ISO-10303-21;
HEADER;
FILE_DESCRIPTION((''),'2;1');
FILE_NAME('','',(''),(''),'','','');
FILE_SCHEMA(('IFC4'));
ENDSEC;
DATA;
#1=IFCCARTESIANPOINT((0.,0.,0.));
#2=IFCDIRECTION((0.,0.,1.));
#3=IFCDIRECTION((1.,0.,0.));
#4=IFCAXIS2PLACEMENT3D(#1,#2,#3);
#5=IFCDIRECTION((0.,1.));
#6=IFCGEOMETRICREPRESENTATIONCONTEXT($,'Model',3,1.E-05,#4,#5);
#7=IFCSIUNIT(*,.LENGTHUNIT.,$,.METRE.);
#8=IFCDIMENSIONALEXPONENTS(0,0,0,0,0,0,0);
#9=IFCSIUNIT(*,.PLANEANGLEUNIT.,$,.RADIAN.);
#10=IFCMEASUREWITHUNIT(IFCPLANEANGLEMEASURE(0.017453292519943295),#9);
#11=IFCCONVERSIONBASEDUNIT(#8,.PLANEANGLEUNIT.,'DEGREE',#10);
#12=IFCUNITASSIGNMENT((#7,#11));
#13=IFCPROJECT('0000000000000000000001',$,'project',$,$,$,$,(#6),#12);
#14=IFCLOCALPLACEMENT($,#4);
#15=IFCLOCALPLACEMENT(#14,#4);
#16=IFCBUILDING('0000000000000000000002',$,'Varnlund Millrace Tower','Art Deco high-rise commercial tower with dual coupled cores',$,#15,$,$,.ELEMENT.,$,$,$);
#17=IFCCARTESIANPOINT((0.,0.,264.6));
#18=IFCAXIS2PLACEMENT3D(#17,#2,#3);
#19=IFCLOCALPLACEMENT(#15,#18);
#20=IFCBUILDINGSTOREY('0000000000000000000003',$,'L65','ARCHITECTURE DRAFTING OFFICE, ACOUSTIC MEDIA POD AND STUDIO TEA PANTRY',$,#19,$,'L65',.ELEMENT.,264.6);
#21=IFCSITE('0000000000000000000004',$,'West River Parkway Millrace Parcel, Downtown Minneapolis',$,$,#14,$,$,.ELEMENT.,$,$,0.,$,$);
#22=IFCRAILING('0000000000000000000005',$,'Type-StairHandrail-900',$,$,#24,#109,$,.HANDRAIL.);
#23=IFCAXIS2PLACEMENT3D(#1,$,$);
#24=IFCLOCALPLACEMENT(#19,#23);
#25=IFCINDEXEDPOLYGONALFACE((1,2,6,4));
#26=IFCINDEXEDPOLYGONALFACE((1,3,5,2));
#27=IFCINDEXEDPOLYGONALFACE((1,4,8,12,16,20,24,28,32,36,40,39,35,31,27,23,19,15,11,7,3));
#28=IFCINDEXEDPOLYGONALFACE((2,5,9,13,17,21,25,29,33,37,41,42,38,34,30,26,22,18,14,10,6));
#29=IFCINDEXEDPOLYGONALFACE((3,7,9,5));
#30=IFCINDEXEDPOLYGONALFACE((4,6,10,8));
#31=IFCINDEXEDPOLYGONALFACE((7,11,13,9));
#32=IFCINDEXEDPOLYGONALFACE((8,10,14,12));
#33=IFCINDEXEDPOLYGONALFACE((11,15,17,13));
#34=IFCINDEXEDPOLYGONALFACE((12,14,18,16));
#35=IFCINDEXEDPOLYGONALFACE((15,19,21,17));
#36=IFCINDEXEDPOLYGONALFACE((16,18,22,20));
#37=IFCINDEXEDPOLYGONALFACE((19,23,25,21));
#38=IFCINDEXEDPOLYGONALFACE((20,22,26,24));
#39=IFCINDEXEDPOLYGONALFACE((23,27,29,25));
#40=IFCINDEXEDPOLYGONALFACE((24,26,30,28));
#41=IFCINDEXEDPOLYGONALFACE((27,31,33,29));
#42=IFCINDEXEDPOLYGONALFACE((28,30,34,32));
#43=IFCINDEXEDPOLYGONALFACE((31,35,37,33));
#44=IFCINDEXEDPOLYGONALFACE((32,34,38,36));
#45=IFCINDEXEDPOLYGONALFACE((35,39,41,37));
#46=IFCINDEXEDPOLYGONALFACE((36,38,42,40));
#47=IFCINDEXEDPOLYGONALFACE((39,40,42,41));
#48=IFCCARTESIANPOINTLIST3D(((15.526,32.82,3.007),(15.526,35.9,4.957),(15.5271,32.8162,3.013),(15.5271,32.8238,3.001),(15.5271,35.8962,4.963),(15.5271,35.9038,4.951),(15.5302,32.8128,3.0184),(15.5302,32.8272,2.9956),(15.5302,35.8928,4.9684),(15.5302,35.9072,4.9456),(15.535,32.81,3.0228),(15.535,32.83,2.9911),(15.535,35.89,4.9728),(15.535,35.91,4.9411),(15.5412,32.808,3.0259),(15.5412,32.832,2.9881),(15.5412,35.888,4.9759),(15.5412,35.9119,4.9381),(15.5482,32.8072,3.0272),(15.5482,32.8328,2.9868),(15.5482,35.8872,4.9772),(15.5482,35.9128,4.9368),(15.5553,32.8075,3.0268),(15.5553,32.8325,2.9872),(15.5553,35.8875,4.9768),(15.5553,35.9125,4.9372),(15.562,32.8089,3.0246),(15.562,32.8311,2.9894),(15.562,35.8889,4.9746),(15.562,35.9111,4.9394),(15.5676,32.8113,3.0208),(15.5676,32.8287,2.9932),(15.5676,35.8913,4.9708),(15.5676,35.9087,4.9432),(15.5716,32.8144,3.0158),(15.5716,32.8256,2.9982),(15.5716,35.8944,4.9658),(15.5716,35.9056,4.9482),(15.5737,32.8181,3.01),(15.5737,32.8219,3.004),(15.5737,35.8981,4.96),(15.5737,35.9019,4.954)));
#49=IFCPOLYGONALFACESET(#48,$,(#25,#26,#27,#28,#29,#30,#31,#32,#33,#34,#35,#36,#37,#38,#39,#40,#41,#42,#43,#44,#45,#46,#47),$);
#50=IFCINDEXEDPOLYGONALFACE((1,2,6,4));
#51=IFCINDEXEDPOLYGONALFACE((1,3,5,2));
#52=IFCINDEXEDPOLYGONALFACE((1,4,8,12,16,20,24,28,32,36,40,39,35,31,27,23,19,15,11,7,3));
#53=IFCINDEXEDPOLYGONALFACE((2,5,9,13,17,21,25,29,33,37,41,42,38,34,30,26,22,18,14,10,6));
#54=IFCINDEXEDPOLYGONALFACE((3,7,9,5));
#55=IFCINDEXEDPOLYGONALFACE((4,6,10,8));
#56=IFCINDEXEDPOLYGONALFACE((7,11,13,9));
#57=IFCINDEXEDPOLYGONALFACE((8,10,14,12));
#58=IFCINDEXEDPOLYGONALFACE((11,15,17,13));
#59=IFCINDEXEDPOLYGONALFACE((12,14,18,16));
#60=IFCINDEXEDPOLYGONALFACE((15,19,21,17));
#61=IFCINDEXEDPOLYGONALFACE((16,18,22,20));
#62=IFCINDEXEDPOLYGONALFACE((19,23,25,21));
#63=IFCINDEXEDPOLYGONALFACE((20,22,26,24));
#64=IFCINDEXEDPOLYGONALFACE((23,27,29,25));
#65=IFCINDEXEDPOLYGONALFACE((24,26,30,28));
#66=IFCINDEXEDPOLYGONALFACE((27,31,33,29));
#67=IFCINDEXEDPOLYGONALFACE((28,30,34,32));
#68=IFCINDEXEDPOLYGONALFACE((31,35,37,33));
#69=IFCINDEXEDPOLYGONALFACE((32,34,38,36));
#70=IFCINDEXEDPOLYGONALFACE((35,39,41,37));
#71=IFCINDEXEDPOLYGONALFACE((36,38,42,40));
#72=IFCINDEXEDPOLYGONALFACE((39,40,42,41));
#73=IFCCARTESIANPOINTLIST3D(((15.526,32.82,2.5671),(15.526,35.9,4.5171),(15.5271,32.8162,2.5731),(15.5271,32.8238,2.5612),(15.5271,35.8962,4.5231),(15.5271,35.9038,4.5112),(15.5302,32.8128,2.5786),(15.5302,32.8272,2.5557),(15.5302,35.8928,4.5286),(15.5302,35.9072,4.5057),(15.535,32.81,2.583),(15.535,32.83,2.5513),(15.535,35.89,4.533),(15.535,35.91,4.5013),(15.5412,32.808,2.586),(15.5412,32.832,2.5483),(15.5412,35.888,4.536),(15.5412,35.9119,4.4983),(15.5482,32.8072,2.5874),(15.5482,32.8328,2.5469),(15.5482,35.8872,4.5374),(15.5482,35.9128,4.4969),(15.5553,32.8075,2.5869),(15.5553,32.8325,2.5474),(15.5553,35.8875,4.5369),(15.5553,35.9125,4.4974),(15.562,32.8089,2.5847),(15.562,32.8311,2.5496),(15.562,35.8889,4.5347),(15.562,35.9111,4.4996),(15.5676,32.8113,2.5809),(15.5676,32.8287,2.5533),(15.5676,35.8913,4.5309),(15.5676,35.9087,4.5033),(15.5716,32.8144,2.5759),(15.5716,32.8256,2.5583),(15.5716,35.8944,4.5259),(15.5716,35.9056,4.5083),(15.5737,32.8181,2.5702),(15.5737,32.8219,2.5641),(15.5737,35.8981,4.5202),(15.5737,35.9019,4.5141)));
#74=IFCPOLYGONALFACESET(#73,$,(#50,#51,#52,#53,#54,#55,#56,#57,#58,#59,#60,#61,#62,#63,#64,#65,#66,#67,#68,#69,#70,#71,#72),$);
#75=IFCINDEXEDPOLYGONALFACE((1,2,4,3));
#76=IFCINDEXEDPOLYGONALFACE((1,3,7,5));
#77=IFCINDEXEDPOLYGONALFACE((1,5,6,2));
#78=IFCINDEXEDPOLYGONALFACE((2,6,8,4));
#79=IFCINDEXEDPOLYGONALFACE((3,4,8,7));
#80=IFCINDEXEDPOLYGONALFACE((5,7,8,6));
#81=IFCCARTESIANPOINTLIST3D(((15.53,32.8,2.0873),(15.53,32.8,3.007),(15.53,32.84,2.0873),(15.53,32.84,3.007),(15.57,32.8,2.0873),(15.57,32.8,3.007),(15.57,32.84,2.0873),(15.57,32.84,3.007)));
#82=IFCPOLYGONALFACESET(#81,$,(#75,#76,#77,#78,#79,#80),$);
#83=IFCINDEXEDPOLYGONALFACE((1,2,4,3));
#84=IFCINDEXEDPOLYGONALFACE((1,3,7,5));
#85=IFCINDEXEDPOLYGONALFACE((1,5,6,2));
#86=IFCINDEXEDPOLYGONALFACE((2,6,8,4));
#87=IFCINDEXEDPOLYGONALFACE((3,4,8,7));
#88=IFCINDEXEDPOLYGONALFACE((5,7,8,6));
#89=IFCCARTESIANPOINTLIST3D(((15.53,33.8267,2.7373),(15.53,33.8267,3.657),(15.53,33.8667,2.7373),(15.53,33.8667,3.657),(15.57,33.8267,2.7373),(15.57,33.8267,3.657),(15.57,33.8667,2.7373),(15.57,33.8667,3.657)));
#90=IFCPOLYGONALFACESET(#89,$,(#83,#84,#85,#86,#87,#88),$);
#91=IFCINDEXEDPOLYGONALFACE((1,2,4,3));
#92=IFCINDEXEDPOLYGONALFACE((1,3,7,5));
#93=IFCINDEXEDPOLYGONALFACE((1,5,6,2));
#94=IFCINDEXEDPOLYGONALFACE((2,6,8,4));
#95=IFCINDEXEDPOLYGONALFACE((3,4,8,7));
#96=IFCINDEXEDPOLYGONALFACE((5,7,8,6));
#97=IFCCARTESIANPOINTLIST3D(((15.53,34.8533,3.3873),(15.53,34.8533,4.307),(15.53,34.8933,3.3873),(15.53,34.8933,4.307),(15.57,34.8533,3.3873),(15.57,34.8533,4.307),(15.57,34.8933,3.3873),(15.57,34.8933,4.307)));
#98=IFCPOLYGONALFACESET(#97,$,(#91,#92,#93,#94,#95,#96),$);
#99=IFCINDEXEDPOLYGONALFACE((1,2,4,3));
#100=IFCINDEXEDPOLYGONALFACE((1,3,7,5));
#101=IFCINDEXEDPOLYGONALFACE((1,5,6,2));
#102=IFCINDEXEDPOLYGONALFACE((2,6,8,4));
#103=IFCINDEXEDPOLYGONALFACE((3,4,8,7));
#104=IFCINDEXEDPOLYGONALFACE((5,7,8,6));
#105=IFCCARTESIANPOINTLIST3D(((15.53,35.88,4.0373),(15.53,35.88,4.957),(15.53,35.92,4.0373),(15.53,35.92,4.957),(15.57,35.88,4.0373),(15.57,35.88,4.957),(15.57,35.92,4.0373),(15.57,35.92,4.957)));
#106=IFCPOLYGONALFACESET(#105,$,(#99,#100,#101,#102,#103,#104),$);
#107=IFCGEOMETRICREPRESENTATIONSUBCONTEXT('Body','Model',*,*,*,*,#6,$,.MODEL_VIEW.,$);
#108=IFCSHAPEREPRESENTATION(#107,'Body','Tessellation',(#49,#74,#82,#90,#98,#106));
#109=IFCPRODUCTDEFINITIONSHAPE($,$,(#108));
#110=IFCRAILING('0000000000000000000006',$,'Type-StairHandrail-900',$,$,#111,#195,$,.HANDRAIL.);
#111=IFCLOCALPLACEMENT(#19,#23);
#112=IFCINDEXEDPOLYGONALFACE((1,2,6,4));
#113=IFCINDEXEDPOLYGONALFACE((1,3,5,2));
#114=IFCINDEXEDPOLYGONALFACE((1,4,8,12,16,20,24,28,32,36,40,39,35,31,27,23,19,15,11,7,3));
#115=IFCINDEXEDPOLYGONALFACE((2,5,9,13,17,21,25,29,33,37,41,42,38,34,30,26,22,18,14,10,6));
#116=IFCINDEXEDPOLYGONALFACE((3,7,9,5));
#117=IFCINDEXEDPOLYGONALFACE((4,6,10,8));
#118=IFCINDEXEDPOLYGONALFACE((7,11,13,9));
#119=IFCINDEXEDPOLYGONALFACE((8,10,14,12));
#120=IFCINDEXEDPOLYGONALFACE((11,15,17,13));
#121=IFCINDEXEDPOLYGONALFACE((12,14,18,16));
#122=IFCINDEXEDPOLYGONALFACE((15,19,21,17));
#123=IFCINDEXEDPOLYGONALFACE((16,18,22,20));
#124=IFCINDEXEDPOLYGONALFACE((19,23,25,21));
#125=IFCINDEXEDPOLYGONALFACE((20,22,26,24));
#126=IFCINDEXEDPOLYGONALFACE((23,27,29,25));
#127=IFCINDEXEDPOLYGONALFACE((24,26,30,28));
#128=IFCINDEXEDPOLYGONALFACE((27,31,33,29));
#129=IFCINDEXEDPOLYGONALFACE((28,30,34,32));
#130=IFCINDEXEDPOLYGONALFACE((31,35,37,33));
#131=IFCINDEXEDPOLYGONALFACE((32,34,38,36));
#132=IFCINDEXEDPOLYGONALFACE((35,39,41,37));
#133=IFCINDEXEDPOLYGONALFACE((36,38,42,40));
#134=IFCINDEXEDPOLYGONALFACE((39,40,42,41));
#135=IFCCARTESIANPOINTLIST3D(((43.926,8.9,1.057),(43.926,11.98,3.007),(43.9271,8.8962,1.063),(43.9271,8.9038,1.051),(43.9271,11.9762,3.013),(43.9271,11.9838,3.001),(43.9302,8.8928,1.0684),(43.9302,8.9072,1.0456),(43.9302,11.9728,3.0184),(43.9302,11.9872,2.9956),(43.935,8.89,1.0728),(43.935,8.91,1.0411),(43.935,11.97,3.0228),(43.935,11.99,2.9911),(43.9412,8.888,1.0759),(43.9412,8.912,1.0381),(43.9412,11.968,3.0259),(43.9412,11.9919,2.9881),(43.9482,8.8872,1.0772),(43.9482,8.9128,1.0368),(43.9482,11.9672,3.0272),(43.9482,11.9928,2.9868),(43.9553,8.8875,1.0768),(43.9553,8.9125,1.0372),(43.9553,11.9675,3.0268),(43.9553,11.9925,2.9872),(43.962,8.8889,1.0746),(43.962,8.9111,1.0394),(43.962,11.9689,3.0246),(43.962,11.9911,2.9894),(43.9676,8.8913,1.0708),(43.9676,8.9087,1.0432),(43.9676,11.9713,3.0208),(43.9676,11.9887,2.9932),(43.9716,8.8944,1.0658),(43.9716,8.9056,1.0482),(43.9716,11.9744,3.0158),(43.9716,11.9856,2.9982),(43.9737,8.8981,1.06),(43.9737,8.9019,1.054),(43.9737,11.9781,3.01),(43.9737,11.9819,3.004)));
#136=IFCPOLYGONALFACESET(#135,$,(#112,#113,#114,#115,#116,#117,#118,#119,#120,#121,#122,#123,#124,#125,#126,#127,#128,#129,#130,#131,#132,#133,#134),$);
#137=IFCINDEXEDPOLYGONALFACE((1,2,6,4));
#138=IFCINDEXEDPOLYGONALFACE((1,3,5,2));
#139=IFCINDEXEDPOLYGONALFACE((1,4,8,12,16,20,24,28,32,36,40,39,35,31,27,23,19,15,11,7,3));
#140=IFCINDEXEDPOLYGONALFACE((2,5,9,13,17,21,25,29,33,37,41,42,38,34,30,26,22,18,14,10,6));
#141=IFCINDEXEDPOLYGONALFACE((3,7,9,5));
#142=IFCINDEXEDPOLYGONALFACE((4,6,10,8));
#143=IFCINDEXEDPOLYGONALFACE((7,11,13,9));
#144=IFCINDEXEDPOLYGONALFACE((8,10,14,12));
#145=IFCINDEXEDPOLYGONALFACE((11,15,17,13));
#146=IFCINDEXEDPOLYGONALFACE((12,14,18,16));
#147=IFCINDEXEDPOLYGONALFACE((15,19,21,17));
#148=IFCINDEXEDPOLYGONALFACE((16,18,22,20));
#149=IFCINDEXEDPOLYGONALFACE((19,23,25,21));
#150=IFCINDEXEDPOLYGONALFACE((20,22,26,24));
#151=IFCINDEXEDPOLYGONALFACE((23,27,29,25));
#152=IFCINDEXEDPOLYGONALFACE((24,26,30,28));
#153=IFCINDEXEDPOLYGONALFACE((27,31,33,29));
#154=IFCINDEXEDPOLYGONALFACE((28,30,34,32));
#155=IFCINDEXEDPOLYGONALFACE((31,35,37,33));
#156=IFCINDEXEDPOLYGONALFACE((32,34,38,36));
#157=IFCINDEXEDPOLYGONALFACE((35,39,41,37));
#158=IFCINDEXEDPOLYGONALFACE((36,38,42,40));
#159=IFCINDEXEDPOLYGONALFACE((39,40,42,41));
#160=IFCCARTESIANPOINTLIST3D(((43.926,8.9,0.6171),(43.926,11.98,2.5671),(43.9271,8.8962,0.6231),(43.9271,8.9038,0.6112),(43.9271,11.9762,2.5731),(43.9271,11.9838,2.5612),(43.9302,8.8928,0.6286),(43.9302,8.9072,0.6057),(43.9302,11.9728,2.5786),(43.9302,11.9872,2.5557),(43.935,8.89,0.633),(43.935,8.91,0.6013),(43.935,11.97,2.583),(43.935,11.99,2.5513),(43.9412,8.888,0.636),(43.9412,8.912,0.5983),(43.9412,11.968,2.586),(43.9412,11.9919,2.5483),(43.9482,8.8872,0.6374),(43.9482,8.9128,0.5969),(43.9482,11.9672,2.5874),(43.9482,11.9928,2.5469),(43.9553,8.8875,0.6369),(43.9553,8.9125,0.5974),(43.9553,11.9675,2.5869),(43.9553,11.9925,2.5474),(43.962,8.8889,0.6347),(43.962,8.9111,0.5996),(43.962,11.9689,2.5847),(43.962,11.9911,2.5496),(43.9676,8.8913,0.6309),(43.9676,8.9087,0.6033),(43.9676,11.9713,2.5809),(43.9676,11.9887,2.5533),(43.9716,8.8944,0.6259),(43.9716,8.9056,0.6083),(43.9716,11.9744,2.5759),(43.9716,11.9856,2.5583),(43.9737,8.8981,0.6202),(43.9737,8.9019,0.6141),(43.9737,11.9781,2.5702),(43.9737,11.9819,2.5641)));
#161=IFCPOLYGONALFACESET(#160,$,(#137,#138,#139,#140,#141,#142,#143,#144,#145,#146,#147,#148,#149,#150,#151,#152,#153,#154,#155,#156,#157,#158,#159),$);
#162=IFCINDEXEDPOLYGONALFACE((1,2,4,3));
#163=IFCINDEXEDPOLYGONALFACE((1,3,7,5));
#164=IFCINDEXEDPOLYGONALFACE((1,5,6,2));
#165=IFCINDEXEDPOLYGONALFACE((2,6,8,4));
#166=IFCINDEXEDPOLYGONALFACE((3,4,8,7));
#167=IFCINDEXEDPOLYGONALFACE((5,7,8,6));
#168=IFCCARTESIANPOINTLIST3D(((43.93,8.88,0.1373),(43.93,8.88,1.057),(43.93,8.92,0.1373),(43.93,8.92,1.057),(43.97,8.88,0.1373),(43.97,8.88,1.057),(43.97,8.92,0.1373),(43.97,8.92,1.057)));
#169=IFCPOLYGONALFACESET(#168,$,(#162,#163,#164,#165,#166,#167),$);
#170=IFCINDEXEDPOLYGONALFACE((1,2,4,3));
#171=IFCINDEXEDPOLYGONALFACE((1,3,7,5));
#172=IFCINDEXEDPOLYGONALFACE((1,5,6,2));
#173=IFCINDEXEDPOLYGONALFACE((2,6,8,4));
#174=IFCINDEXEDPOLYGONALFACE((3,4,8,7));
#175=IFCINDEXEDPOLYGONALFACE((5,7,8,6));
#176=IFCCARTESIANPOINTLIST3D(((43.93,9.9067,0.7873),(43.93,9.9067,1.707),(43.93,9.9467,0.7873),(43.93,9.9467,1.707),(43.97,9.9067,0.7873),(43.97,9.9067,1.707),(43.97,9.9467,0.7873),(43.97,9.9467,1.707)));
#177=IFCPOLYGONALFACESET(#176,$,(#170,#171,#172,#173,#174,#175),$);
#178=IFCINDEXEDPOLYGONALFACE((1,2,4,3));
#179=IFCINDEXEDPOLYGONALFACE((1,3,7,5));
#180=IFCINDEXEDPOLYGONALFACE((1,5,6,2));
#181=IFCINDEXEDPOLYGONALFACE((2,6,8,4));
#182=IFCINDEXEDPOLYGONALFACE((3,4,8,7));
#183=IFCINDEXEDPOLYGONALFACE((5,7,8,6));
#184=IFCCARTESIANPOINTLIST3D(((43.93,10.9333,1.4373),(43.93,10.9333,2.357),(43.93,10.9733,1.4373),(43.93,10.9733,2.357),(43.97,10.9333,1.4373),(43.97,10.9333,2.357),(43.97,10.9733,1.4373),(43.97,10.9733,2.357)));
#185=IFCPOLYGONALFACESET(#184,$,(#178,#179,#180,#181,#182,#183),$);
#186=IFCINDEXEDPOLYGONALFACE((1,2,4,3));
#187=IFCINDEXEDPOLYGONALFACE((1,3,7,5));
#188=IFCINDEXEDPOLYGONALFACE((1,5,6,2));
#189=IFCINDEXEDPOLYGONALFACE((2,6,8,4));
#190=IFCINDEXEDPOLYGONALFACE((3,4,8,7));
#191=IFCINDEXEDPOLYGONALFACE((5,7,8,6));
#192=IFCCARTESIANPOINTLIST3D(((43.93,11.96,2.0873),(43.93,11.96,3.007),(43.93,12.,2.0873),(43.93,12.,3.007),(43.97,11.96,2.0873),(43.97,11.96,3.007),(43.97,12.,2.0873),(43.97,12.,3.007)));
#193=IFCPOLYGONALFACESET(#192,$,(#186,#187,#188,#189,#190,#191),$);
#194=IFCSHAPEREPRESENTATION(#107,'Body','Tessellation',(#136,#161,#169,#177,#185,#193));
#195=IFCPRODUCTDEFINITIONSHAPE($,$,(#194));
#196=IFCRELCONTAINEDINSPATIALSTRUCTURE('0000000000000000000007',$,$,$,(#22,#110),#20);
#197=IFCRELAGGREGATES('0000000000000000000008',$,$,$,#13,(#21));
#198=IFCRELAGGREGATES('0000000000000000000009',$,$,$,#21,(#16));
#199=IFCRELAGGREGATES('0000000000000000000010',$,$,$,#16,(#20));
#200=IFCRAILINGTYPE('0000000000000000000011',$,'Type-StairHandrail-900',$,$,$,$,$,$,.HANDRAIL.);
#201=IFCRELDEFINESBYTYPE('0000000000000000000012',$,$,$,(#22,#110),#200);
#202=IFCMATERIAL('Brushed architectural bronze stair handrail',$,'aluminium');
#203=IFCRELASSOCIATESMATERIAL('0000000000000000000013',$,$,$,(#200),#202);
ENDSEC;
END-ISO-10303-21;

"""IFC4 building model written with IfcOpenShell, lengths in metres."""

from ifc_helpers import new_model, entity, si_unit, converted_unit, direction, frame, origin_with_axes, origin_2d_with_axis, place, context, subcontext, project, spatial, rectangle, circle, extrude, material, type_object, element, save


model = new_model("IFC4")

# Units and contexts
model_context = context("Model", 3, precision=1e-05, world=origin_with_axes(), true_north=direction((0.0, 1.0)))
body_context = subcontext(model_context, "Body", "Model", "MODEL_VIEW")
ifc_project = project(units=[si_unit("LENGTHUNIT", "METRE"), converted_unit("PLANEANGLEUNIT", "DEGREE", entity("IfcPlaneAngleMeasure", 0.017453292519943295), si_unit("PLANEANGLEUNIT", "RADIAN"), dimensions=[0, 0, 0, 0, 0, 0, 0])], contexts=[model_context])

# Site, building, storey
site_placement = place(None, origin_with_axes())
site = spatial("IfcSite", under=ifc_project, at=site_placement, Name="West River Parkway Millrace Parcel, Downtown Minneapolis", CompositionType="ELEMENT", RefElevation=0.0)
building_placement = place(site_placement, origin_with_axes())
building = spatial("IfcBuilding", under=site, at=building_placement, Name="Varnlund Millrace Tower", Description="Art Deco high-rise commercial tower with dual coupled cores", CompositionType="ELEMENT")
storey_placement = place(building_placement, frame((0.0, 0.0, 264.6), z_axis=(0.0, 0.0, 1.0), x_axis=(1.0, 0.0, 0.0)))
storey = spatial("IfcBuildingStorey", under=building, at=storey_placement, Name="L65", Description="ARCHITECTURE DRAFTING OFFICE, ACOUSTIC MEDIA POD AND STUDIO TEA PANTRY", LongName="L65", CompositionType="ELEMENT", Elevation=264.6)

# Railings
ifc_material_1 = material(Name="Brushed architectural bronze stair handrail", Category="aluminium")
railing_type_1 = type_object("IfcRailingType", Name="Type-StairHandrail-900", PredefinedType="HANDRAIL", material=ifc_material_1)
railing_1_placement = place(storey_placement, frame((0.0, 0.0, -264.6), z_axis=(0.0, 0.0, 1.0), x_axis=(1.0, 0.0, 0.0)))
element("IfcRailing", 1, at=railing_1_placement, inside=storey, type_object=railing_type_1, Name="Type-StairHandrail-900", PredefinedType="HANDRAIL", context=body_context, shape_type="SweptSolid", body=[
    extrude(circle(Radius=0.024, at=origin_2d_with_axis()), frame((15.55, 32.82, 267.607), z_axis=(0.0, 0.844902, 0.534922), x_axis=(-1.0, 0.0, 0.0)), (0.0, 0.0, 1.0), 3.6454),
    extrude(circle(Radius=0.024, at=origin_2d_with_axis()), frame((15.55, 32.82, 267.1671), z_axis=(0.0, 0.844902, 0.534922), x_axis=(-1.0, 0.0, 0.0)), (0.0, 0.0, 1.0), 3.6454),
    extrude(rectangle(XDim=0.04, YDim=0.04, at=origin_2d_with_axis()), frame((15.55, 32.82, 266.6873), z_axis=(0.0, 0.0, 1.0), x_axis=(1.0, 0.0, 0.0)), (0.0, 0.0, 1.0), 0.9197),
    extrude(rectangle(XDim=0.04, YDim=0.04, at=origin_2d_with_axis()), frame((15.55, 33.8467, 267.3373), z_axis=(0.0, 0.0, 1.0), x_axis=(1.0, 0.0, 0.0)), (0.0, 0.0, 1.0), 0.9197),
    extrude(rectangle(XDim=0.04, YDim=0.04, at=origin_2d_with_axis()), frame((15.55, 34.8733, 267.9873), z_axis=(0.0, 0.0, 1.0), x_axis=(1.0, 0.0, 0.0)), (0.0, 0.0, 1.0), 0.9197),
    extrude(rectangle(XDim=0.04, YDim=0.04, at=origin_2d_with_axis()), frame((15.55, 35.9, 268.6373), z_axis=(0.0, 0.0, 1.0), x_axis=(1.0, 0.0, 0.0)), (0.0, 0.0, 1.0), 0.9197),
])
railing_2_placement = place(storey_placement, frame((0.0, 0.0, -264.6), z_axis=(0.0, 0.0, 1.0), x_axis=(1.0, 0.0, 0.0)))
element("IfcRailing", 2, at=railing_2_placement, inside=storey, type_object=railing_type_1, Name="Type-StairHandrail-900", PredefinedType="HANDRAIL", context=body_context, shape_type="SweptSolid", body=[
    extrude(circle(Radius=0.024, at=origin_2d_with_axis()), frame((43.95, 8.9, 265.657), z_axis=(0.0, 0.844902, 0.534922), x_axis=(-1.0, 0.0, 0.0)), (0.0, 0.0, 1.0), 3.6454),
    extrude(circle(Radius=0.024, at=origin_2d_with_axis()), frame((43.95, 8.9, 265.2171), z_axis=(0.0, 0.844902, 0.534922), x_axis=(-1.0, 0.0, 0.0)), (0.0, 0.0, 1.0), 3.6454),
    extrude(rectangle(XDim=0.04, YDim=0.04, at=origin_2d_with_axis()), frame((43.95, 8.9, 264.7373), z_axis=(0.0, 0.0, 1.0), x_axis=(1.0, 0.0, 0.0)), (0.0, 0.0, 1.0), 0.9197),
    extrude(rectangle(XDim=0.04, YDim=0.04, at=origin_2d_with_axis()), frame((43.95, 9.9267, 265.3873), z_axis=(0.0, 0.0, 1.0), x_axis=(1.0, 0.0, 0.0)), (0.0, 0.0, 1.0), 0.9197),
    extrude(rectangle(XDim=0.04, YDim=0.04, at=origin_2d_with_axis()), frame((43.95, 10.9533, 266.0373), z_axis=(0.0, 0.0, 1.0), x_axis=(1.0, 0.0, 0.0)), (0.0, 0.0, 1.0), 0.9197),
    extrude(rectangle(XDim=0.04, YDim=0.04, at=origin_2d_with_axis()), frame((43.95, 11.98, 266.6873), z_axis=(0.0, 0.0, 1.0), x_axis=(1.0, 0.0, 0.0)), (0.0, 0.0, 1.0), 0.9197),
])

save(model, "model.ifc")
